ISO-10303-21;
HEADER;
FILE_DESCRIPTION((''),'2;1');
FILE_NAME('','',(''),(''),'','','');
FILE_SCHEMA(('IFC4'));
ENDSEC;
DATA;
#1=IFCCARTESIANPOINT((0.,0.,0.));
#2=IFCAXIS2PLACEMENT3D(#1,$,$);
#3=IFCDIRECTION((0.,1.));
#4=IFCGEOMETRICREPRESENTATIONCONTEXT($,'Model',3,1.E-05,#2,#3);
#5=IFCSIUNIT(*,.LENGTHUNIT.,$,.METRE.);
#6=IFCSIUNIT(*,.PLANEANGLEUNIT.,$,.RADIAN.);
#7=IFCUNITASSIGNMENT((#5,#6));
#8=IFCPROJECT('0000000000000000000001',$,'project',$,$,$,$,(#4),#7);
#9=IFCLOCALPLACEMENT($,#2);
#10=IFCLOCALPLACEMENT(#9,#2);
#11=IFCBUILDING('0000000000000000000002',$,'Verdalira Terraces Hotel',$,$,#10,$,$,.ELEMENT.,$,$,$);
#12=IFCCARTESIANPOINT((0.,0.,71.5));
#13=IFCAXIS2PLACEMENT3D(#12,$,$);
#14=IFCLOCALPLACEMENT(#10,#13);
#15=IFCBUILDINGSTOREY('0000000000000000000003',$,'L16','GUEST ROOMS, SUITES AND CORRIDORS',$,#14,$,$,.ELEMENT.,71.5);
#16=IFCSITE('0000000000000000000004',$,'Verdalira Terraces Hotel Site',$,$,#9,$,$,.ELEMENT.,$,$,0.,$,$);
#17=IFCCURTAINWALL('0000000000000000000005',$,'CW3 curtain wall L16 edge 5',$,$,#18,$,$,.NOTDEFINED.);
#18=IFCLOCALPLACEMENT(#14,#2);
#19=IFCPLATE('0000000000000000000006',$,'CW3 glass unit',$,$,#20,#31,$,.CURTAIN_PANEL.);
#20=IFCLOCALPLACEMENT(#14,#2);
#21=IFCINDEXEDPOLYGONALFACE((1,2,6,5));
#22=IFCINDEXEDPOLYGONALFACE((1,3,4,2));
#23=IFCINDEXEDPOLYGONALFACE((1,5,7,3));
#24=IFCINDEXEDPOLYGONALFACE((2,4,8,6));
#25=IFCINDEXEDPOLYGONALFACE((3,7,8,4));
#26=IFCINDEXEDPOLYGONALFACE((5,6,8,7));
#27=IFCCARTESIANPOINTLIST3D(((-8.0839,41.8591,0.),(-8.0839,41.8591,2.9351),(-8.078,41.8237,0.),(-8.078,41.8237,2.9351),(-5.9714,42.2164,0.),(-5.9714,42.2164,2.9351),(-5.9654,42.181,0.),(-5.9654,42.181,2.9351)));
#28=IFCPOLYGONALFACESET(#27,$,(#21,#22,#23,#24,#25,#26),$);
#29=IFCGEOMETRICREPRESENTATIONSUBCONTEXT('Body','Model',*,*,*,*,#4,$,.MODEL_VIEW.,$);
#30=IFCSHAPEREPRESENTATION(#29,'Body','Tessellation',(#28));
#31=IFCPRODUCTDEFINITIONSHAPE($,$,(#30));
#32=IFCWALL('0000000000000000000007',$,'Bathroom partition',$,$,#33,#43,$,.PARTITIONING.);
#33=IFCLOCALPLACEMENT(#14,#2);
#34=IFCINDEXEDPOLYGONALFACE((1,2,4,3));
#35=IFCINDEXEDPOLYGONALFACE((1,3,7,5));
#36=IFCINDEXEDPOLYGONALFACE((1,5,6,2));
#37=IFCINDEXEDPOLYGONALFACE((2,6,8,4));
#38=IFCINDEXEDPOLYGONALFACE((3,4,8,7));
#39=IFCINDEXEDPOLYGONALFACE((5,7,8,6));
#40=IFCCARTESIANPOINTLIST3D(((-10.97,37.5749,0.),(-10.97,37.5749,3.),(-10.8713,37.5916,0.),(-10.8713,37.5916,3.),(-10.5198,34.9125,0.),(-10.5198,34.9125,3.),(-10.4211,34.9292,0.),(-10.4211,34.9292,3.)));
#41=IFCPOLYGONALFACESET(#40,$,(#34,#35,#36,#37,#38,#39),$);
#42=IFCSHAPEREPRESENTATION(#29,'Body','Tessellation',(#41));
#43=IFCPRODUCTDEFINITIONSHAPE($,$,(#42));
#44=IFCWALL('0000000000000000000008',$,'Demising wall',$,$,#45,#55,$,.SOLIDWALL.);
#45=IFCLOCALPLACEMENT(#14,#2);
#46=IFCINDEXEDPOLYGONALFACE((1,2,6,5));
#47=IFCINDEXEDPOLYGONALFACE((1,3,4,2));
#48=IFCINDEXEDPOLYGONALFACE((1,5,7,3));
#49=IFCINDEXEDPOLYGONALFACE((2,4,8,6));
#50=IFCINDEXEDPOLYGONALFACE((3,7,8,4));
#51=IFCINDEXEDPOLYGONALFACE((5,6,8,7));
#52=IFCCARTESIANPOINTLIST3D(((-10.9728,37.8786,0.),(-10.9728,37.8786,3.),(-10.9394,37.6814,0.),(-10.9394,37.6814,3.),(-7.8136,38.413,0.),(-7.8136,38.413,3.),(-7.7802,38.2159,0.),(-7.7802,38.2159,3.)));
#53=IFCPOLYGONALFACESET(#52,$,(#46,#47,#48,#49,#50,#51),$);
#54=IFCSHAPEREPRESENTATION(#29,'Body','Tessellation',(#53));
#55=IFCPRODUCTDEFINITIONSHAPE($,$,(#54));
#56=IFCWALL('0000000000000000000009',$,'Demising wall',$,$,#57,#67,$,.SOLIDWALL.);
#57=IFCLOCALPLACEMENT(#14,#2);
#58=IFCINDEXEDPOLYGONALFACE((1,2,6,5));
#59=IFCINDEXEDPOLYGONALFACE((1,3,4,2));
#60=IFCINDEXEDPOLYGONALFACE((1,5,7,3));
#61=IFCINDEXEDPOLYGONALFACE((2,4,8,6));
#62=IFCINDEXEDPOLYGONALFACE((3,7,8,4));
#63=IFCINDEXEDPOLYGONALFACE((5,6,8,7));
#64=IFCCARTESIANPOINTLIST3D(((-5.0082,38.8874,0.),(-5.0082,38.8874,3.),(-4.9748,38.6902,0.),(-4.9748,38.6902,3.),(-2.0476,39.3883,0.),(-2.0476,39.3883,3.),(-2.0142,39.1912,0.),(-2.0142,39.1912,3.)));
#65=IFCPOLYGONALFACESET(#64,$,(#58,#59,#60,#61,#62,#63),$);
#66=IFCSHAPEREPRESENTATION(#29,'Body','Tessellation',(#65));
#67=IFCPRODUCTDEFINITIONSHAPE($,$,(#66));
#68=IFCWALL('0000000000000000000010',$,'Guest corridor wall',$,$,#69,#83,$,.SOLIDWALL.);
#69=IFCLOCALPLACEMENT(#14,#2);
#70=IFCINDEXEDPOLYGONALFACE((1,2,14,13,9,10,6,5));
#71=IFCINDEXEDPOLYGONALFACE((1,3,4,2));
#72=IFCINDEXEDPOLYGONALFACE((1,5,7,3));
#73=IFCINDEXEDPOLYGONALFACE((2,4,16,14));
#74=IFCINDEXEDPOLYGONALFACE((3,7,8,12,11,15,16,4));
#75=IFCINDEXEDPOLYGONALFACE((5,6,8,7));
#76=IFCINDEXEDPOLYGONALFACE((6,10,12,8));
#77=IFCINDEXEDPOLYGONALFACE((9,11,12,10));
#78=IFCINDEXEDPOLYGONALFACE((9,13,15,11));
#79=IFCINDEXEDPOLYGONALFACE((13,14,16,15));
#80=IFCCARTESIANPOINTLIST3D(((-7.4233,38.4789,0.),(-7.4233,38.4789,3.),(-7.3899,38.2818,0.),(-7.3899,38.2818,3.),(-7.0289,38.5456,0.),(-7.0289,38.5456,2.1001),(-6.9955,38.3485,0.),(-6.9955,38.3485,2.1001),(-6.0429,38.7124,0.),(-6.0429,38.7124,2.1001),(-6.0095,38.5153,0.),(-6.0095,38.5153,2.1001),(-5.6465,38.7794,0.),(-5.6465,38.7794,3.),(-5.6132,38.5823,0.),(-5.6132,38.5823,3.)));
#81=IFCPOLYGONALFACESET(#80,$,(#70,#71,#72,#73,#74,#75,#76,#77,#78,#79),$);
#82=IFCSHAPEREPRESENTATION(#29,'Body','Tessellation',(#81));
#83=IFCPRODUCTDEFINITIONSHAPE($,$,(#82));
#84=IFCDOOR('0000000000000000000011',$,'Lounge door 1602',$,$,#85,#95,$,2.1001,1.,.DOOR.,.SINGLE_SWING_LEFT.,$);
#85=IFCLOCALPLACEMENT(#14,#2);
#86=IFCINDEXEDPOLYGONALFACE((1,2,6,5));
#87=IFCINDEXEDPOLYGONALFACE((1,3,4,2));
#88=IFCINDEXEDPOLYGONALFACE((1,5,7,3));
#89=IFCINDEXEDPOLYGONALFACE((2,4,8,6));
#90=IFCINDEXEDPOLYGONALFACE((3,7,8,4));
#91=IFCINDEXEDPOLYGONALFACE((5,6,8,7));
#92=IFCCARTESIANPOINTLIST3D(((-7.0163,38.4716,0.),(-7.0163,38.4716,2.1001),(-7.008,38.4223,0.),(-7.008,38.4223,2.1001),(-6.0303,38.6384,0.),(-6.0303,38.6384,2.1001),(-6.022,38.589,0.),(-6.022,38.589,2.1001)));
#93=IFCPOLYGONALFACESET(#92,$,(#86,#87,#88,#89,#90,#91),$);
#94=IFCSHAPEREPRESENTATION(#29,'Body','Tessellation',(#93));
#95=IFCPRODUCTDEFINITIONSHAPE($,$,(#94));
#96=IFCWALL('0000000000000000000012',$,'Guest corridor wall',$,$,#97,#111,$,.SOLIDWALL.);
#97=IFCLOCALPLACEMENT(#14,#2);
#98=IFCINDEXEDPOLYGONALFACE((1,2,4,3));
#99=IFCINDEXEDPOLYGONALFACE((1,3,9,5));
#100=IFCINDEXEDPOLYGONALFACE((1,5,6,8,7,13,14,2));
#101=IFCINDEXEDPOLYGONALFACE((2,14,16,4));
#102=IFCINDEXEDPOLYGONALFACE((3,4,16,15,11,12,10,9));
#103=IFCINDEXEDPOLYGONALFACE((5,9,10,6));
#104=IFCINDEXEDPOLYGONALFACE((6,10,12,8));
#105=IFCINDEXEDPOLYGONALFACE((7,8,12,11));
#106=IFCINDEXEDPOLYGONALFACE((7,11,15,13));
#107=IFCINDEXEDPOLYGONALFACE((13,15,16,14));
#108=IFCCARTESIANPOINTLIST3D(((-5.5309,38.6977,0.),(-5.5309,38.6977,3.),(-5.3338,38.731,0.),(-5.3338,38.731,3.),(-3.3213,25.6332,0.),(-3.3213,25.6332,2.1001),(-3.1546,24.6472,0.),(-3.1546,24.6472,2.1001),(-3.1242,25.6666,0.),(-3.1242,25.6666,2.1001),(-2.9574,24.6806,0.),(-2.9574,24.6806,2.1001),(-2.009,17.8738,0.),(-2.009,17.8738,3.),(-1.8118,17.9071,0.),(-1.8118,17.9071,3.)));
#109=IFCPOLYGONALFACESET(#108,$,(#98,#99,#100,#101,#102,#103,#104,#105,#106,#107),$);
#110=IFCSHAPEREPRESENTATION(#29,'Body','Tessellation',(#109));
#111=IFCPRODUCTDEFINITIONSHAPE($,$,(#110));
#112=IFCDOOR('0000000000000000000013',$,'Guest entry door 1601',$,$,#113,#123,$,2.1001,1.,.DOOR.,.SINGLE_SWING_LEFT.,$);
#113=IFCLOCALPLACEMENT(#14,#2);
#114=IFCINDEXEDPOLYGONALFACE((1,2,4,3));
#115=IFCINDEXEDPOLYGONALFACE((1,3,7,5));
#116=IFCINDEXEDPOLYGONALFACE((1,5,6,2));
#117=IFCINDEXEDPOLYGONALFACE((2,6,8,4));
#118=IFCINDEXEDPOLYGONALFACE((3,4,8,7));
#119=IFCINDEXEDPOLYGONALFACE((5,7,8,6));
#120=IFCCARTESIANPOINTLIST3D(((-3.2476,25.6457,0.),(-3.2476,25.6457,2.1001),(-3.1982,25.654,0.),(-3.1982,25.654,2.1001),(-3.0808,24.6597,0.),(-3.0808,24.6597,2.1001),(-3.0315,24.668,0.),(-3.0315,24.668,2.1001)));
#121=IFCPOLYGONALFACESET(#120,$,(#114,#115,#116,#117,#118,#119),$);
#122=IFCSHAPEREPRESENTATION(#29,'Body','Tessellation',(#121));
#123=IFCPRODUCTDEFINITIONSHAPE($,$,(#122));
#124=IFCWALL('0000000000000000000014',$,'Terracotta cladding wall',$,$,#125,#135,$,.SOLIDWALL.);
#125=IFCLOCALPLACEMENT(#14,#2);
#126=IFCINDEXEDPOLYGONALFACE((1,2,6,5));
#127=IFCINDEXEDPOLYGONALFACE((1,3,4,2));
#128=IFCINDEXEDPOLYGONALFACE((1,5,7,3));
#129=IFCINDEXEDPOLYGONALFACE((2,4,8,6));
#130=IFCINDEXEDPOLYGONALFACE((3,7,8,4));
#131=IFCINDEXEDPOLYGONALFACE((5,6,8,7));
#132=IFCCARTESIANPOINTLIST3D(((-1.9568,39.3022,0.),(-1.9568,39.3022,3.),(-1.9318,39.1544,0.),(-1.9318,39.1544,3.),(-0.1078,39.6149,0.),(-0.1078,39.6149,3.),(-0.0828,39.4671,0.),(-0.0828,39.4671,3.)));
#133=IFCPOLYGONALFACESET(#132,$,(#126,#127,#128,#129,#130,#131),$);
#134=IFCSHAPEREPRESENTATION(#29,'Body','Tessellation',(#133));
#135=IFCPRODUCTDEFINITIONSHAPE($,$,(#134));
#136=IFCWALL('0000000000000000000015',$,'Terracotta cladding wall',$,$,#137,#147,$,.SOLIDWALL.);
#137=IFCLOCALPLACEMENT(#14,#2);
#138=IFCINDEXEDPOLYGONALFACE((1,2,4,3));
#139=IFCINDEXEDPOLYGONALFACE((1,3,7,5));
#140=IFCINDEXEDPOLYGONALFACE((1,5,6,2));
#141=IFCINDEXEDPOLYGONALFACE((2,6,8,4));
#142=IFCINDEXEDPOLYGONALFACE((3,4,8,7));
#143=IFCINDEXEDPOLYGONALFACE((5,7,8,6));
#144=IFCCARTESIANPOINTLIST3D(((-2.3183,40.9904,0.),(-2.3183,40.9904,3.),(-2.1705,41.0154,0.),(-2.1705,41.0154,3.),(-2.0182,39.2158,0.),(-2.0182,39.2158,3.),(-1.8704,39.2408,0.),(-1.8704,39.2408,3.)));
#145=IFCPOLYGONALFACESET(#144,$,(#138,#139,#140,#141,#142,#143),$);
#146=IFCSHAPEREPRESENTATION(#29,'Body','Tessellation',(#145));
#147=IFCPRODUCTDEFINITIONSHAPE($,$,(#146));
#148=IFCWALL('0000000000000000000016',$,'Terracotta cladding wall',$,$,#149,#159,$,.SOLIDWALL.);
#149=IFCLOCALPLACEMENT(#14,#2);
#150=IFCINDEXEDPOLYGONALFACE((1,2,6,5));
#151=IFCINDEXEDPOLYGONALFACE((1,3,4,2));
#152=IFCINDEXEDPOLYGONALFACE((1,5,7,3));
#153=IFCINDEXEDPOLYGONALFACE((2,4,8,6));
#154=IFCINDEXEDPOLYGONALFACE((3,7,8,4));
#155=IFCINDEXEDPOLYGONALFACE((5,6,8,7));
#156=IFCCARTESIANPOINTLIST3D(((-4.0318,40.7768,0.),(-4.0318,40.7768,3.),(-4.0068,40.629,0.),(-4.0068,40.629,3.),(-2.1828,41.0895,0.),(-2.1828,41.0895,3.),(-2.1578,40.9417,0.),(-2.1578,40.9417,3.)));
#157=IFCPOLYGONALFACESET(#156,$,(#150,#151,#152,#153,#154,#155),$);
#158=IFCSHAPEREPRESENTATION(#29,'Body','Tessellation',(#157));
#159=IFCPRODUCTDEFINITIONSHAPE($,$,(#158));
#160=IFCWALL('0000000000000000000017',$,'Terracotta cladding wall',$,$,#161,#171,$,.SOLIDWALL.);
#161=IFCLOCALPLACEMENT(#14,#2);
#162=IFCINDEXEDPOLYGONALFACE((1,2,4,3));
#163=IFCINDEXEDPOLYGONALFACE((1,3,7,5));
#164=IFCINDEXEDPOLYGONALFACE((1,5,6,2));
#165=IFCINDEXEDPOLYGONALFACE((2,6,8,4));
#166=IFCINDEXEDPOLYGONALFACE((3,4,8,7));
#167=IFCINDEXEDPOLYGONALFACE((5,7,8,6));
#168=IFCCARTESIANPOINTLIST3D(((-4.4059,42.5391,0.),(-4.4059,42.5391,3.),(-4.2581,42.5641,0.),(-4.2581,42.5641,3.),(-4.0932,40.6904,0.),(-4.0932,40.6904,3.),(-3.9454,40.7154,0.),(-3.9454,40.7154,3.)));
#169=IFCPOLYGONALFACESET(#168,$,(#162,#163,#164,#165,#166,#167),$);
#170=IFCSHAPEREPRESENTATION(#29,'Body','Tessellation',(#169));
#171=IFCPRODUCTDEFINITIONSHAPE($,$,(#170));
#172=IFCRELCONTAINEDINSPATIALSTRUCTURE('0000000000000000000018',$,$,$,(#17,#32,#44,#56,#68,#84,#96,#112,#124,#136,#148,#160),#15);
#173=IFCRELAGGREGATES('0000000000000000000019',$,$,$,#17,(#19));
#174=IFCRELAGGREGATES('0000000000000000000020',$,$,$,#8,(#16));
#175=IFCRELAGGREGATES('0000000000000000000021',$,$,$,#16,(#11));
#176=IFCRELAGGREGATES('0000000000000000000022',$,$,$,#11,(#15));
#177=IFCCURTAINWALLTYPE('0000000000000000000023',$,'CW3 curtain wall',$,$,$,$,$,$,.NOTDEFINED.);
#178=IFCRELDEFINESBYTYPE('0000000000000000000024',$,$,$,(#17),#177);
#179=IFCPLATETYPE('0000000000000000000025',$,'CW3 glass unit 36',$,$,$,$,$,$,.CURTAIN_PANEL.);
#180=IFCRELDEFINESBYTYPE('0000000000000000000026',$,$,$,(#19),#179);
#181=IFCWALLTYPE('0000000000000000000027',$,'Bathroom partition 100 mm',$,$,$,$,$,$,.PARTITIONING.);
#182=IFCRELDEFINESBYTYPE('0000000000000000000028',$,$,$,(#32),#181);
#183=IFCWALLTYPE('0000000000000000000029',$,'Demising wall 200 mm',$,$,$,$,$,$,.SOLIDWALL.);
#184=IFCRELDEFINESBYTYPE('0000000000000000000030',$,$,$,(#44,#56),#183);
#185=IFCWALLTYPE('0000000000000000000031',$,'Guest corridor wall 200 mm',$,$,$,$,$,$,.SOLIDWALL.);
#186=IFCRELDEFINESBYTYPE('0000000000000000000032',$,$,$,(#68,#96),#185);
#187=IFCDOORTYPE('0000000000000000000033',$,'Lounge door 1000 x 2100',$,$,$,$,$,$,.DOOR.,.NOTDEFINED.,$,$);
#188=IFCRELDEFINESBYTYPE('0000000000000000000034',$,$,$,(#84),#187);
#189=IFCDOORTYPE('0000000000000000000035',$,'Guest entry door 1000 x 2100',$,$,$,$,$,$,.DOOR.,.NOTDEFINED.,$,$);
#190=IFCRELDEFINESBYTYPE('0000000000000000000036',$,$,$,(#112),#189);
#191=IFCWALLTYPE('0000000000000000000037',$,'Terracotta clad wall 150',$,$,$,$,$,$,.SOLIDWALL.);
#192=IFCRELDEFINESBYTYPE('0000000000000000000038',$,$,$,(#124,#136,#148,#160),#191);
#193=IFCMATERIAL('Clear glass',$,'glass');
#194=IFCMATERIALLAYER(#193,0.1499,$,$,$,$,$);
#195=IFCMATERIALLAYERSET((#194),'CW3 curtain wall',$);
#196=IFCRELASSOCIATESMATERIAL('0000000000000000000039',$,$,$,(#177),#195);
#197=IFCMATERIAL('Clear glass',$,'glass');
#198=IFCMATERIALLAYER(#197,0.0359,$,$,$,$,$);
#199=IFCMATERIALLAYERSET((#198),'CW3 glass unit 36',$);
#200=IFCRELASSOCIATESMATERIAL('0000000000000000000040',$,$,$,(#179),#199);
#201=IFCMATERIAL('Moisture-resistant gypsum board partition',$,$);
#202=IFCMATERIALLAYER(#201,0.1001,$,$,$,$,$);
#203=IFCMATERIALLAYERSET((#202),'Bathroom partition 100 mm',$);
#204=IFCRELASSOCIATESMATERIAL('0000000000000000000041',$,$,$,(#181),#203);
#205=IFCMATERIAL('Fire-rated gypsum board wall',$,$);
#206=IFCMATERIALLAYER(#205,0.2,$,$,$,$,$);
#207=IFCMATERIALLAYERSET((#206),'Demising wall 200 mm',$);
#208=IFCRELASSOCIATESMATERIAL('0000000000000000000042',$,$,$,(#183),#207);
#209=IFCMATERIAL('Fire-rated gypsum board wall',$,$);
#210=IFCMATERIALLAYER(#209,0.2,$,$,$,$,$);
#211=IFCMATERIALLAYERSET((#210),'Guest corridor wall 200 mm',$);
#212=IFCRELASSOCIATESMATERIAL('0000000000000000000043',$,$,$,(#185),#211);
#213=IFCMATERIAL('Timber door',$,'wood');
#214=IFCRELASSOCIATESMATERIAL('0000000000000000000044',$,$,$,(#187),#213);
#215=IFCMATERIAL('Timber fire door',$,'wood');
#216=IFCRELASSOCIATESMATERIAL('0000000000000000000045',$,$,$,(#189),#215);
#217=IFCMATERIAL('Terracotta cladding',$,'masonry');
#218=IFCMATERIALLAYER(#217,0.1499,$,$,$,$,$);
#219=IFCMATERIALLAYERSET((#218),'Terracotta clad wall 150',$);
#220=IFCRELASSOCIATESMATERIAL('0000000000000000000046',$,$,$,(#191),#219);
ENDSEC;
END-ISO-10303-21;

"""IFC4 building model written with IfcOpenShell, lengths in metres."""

from ifc_helpers import new_model, si_unit, direction, frame, frame_2d, origin, origin_2d, place, context, subcontext, project, spatial, rectangle, extrude, material, layer, layer_set, type_object, element, fill, aggregate, save


model = new_model("IFC4")

# Units and contexts
model_context = context("Model", 3, precision=1e-05, world=origin(), true_north=direction((0.0, 1.0)))
body_context = subcontext(model_context, "Body", "Model", "MODEL_VIEW")
ifc_project = project(units=[si_unit("LENGTHUNIT", "METRE"), si_unit("PLANEANGLEUNIT", "RADIAN")], contexts=[model_context])

# Site, building, storey
site_placement = place(None, origin())
site = spatial("IfcSite", under=ifc_project, at=site_placement, Name="Verdalira Terraces Hotel Site", CompositionType="ELEMENT", RefElevation=0.0)
building_placement = place(site_placement, origin())
building = spatial("IfcBuilding", under=site, at=building_placement, Name="Verdalira Terraces Hotel", CompositionType="ELEMENT")
storey_placement = place(building_placement, frame((0.0, 0.0, 71.5)))
storey = spatial("IfcBuildingStorey", under=building, at=storey_placement, Name="L16", Description="GUEST ROOMS, SUITES AND CORRIDORS", CompositionType="ELEMENT", Elevation=71.5)

# Curtain wall
ifc_material_1 = material(Name="Clear glass", Category="glass")
ifc_layer_1 = layer(ifc_material_1, 0.1499)
ifc_layer_set_1 = layer_set([ifc_layer_1], Name="CW3 curtain wall")
curtain_wall_type_1 = type_object("IfcCurtainWallType", Name="CW3 curtain wall", PredefinedType="NOTDEFINED", material=ifc_layer_set_1)
curtain_wall_1_placement = place(storey_placement, origin())
curtain_wall_1 = element("IfcCurtainWall", 1, at=curtain_wall_1_placement, inside=storey, type_object=curtain_wall_type_1, Name="CW3 curtain wall L16 edge 5", PredefinedType="NOTDEFINED")

# Plate
ifc_material_2 = material(Name="Clear glass", Category="glass")
ifc_layer_2 = layer(ifc_material_2, 0.0359)
ifc_layer_set_2 = layer_set([ifc_layer_2], Name="CW3 glass unit 36")
plate_type_1 = type_object("IfcPlateType", Name="CW3 glass unit 36", PredefinedType="CURTAIN_PANEL", material=ifc_layer_set_2)
plate_1_placement = place(storey_placement, frame((-7.0247, 42.02, 0.0), z_axis=(0.0, 0.0, 1.0), x_axis=(-0.985996, -0.166769, 0.0)))
plate_1 = element("IfcPlate", 2, at=plate_1_placement, type_object=plate_type_1, Name="CW3 glass unit", PredefinedType="CURTAIN_PANEL", context=body_context, shape_type="SweptSolid", body=[
    extrude(rectangle(XDim=2.1426, YDim=0.0359, at=origin_2d()), origin(), (0.0, 0.0, 1.0), 2.9351),
])
aggregate(curtain_wall_1, [plate_1])

# Walls
ifc_material_3 = material(Name="Moisture-resistant gypsum board partition")
ifc_layer_3 = layer(ifc_material_3, 0.1001)
ifc_layer_set_3 = layer_set([ifc_layer_3], Name="Bathroom partition 100 mm")
wall_type_1 = type_object("IfcWallType", Name="Bathroom partition 100 mm", PredefinedType="PARTITIONING", material=ifc_layer_set_3)
wall_1_placement = place(storey_placement, frame((-10.9207, 37.5833, 0.0), z_axis=(0.0, 0.0, 1.0), x_axis=(0.16673, -0.986003, 0.0)))
element("IfcWall", 3, at=wall_1_placement, inside=storey, type_object=wall_type_1, Name="Bathroom partition", PredefinedType="PARTITIONING", context=body_context, shape_type="SweptSolid", body=[
    extrude(rectangle(XDim=2.7002, YDim=0.1001, at=frame_2d((1.3501, 0.0))), origin(), (0.0, 0.0, 1.0), 3.0),
])
ifc_material_4 = material(Name="Fire-rated gypsum board wall")
ifc_layer_4 = layer(ifc_material_4, 0.2)
ifc_layer_set_4 = layer_set([ifc_layer_4], Name="Demising wall 200 mm")
wall_type_2 = type_object("IfcWallType", Name="Demising wall 200 mm", PredefinedType="SOLIDWALL", material=ifc_layer_set_4)
wall_2_placement = place(storey_placement, frame((-7.7969, 38.3145, 0.0), z_axis=(0.0, 0.0, 1.0), x_axis=(-0.985991, -0.166796, 0.0)))
element("IfcWall", 4, at=wall_2_placement, inside=storey, type_object=wall_type_2, Name="Demising wall", PredefinedType="SOLIDWALL", context=body_context, shape_type="SweptSolid", body=[
    extrude(rectangle(XDim=3.2041, YDim=0.2, at=frame_2d((1.6021, 0.0))), origin(), (0.0, 0.0, 1.0), 3.0),
])
wall_3_placement = place(storey_placement, frame((-2.0308, 39.2898, 0.0), z_axis=(0.0, 0.0, 1.0), x_axis=(-0.985984, -0.166838, 0.0)))
element("IfcWall", 5, at=wall_3_placement, inside=storey, type_object=wall_type_2, Name="Demising wall", PredefinedType="SOLIDWALL", context=body_context, shape_type="SweptSolid", body=[
    extrude(rectangle(XDim=3.0027, YDim=0.2, at=frame_2d((1.5015, 0.0))), origin(), (0.0, 0.0, 1.0), 3.0),
])

# Walls, openings, doors
ifc_material_5 = material(Name="Fire-rated gypsum board wall")
ifc_layer_5 = layer(ifc_material_5, 0.2)
ifc_layer_set_5 = layer_set([ifc_layer_5], Name="Guest corridor wall 200 mm")
wall_type_3 = type_object("IfcWallType", Name="Guest corridor wall 200 mm", PredefinedType="SOLIDWALL", material=ifc_layer_set_5)
wall_4_placement = place(storey_placement, frame((-7.4065, 38.3804, 0.0), z_axis=(0.0, 0.0, 1.0), x_axis=(0.985996, 0.166771, 0.0)))
wall_4 = element("IfcWall", 6, at=wall_4_placement, inside=storey, type_object=wall_type_3, Name="Guest corridor wall", PredefinedType="SOLIDWALL", context=body_context, shape_type="SweptSolid", body=[
    extrude(rectangle(XDim=1.802, YDim=0.2, at=frame_2d((0.9009, 0.0))), origin(), (0.0, 0.0, 1.0), 3.0),
])
opening_1_placement = place(wall_4_placement, frame((0.3999, 0.0, 0.0)))
opening_1 = element("IfcOpeningElement", 7, at=opening_1_placement, cuts=wall_4, PredefinedType="OPENING", context=body_context, shape_type="SweptSolid", body=[
    extrude(rectangle(XDim=1.0, YDim=2.1001, at=frame_2d((0.5, 1.05))), frame((0.0, 0.1099, 0.0), z_axis=(0.0, -1.0, 0.0), x_axis=(1.0, 0.0, 0.0)), (0.0, 0.0, 1.0), 0.22),
])
ifc_material_6 = material(Name="Timber door", Category="wood")
door_type_1 = type_object("IfcDoorType", Name="Lounge door 1000 x 2100", OperationType="NOTDEFINED", PredefinedType="DOOR", material=ifc_material_6)
door_1_placement = place(opening_1_placement, origin())
door_1 = element("IfcDoor", 8, at=door_1_placement, inside=storey, type_object=door_type_1, Name="Lounge door 1602", OperationType="SINGLE_SWING_LEFT", OverallHeight=2.1001, OverallWidth=1.0, PredefinedType="DOOR", context=body_context, shape_type="SweptSolid", body=[
    extrude(rectangle(XDim=1.0, YDim=2.1001, at=frame_2d((0.5, 1.05))), frame((0.0, 0.0249, 0.0), z_axis=(0.0, -1.0, 0.0), x_axis=(1.0, 0.0, 0.0)), (0.0, 0.0, 1.0), 0.05),
])
fill(opening_1, door_1)
wall_5_placement = place(storey_placement, frame((-5.4324, 38.7144, 0.0), z_axis=(0.0, 0.0, 1.0), x_axis=(0.166762, -0.985997, 0.0)))
wall_5 = element("IfcWall", 9, at=wall_5_placement, inside=storey, type_object=wall_type_3, Name="Guest corridor wall", PredefinedType="SOLIDWALL", context=body_context, shape_type="SweptSolid", body=[
    extrude(rectangle(XDim=21.1196, YDim=0.2, at=frame_2d((10.5598, 0.0))), origin(), (0.0, 0.0, 1.0), 3.0),
])
opening_2_placement = place(wall_5_placement, frame((13.25, 0.0, 0.0)))
opening_2 = element("IfcOpeningElement", 10, at=opening_2_placement, cuts=wall_5, PredefinedType="OPENING", context=body_context, shape_type="SweptSolid", body=[
    extrude(rectangle(XDim=1.0, YDim=2.1001, at=frame_2d((0.5, 1.05))), frame((0.0, 0.1099, 0.0), z_axis=(0.0, -1.0, 0.0), x_axis=(1.0, 0.0, 0.0)), (0.0, 0.0, 1.0), 0.22),
])
ifc_material_7 = material(Name="Timber fire door", Category="wood")
door_type_2 = type_object("IfcDoorType", Name="Guest entry door 1000 x 2100", OperationType="NOTDEFINED", PredefinedType="DOOR", material=ifc_material_7)
door_2_placement = place(opening_2_placement, origin())
door_2 = element("IfcDoor", 11, at=door_2_placement, inside=storey, type_object=door_type_2, Name="Guest entry door 1601", OperationType="SINGLE_SWING_LEFT", OverallHeight=2.1001, OverallWidth=1.0, PredefinedType="DOOR", context=body_context, shape_type="SweptSolid", body=[
    extrude(rectangle(XDim=1.0, YDim=2.1001, at=frame_2d((0.5, 1.05))), frame((0.0, 0.0249, 0.0), z_axis=(0.0, -1.0, 0.0), x_axis=(1.0, 0.0, 0.0)), (0.0, 0.0, 1.0), 0.05),
])
fill(opening_2, door_2)

# Walls
ifc_material_8 = material(Name="Terracotta cladding", Category="masonry")
ifc_layer_6 = layer(ifc_material_8, 0.1499)
ifc_layer_set_6 = layer_set([ifc_layer_6], Name="Terracotta clad wall 150")
wall_type_4 = type_object("IfcWallType", Name="Terracotta clad wall 150", PredefinedType="SOLIDWALL", material=ifc_layer_set_6)
wall_6_placement = place(storey_placement, frame((-0.0955, 39.541, 0.0), z_axis=(0.0, 0.0, 1.0), x_axis=(-0.985993, -0.166784, 0.0)))
element("IfcWall", 12, at=wall_6_placement, inside=storey, type_object=wall_type_4, Name="Terracotta cladding wall", PredefinedType="SOLIDWALL", context=body_context, shape_type="SweptSolid", body=[
    extrude(rectangle(XDim=1.8752, YDim=0.1499, at=frame_2d((0.9375, 0.0))), origin(), (0.0, 0.0, 1.0), 3.0),
])
wall_7_placement = place(storey_placement, frame((-1.9443, 39.2283, 0.0), z_axis=(0.0, 0.0, 1.0), x_axis=(-0.166708, 0.986006, 0.0)))
element("IfcWall", 13, at=wall_7_placement, inside=storey, type_object=wall_type_4, Name="Terracotta cladding wall", PredefinedType="SOLIDWALL", context=body_context, shape_type="SweptSolid", body=[
    extrude(rectangle(XDim=1.7998, YDim=0.1499, at=frame_2d((0.8999, 0.0))), origin(), (0.0, 0.0, 1.0), 3.0),
])
wall_8_placement = place(storey_placement, frame((-2.1704, 41.0156, 0.0), z_axis=(0.0, 0.0, 1.0), x_axis=(-0.985993, -0.166784, 0.0)))
element("IfcWall", 14, at=wall_8_placement, inside=storey, type_object=wall_type_4, Name="Terracotta cladding wall", PredefinedType="SOLIDWALL", context=body_context, shape_type="SweptSolid", body=[
    extrude(rectangle(XDim=1.8752, YDim=0.1499, at=frame_2d((0.9375, 0.0))), origin(), (0.0, 0.0, 1.0), 3.0),
])
wall_9_placement = place(storey_placement, frame((-4.0193, 40.7029, 0.0), z_axis=(0.0, 0.0, 1.0), x_axis=(-0.166806, 0.98599, 0.0)))
element("IfcWall", 15, at=wall_9_placement, inside=storey, type_object=wall_type_4, Name="Terracotta cladding wall", PredefinedType="SOLIDWALL", context=body_context, shape_type="SweptSolid", body=[
    extrude(rectangle(XDim=1.875, YDim=0.1499, at=frame_2d((0.9375, 0.0))), origin(), (0.0, 0.0, 1.0), 3.0),
])

save(model, "model.ifc")
